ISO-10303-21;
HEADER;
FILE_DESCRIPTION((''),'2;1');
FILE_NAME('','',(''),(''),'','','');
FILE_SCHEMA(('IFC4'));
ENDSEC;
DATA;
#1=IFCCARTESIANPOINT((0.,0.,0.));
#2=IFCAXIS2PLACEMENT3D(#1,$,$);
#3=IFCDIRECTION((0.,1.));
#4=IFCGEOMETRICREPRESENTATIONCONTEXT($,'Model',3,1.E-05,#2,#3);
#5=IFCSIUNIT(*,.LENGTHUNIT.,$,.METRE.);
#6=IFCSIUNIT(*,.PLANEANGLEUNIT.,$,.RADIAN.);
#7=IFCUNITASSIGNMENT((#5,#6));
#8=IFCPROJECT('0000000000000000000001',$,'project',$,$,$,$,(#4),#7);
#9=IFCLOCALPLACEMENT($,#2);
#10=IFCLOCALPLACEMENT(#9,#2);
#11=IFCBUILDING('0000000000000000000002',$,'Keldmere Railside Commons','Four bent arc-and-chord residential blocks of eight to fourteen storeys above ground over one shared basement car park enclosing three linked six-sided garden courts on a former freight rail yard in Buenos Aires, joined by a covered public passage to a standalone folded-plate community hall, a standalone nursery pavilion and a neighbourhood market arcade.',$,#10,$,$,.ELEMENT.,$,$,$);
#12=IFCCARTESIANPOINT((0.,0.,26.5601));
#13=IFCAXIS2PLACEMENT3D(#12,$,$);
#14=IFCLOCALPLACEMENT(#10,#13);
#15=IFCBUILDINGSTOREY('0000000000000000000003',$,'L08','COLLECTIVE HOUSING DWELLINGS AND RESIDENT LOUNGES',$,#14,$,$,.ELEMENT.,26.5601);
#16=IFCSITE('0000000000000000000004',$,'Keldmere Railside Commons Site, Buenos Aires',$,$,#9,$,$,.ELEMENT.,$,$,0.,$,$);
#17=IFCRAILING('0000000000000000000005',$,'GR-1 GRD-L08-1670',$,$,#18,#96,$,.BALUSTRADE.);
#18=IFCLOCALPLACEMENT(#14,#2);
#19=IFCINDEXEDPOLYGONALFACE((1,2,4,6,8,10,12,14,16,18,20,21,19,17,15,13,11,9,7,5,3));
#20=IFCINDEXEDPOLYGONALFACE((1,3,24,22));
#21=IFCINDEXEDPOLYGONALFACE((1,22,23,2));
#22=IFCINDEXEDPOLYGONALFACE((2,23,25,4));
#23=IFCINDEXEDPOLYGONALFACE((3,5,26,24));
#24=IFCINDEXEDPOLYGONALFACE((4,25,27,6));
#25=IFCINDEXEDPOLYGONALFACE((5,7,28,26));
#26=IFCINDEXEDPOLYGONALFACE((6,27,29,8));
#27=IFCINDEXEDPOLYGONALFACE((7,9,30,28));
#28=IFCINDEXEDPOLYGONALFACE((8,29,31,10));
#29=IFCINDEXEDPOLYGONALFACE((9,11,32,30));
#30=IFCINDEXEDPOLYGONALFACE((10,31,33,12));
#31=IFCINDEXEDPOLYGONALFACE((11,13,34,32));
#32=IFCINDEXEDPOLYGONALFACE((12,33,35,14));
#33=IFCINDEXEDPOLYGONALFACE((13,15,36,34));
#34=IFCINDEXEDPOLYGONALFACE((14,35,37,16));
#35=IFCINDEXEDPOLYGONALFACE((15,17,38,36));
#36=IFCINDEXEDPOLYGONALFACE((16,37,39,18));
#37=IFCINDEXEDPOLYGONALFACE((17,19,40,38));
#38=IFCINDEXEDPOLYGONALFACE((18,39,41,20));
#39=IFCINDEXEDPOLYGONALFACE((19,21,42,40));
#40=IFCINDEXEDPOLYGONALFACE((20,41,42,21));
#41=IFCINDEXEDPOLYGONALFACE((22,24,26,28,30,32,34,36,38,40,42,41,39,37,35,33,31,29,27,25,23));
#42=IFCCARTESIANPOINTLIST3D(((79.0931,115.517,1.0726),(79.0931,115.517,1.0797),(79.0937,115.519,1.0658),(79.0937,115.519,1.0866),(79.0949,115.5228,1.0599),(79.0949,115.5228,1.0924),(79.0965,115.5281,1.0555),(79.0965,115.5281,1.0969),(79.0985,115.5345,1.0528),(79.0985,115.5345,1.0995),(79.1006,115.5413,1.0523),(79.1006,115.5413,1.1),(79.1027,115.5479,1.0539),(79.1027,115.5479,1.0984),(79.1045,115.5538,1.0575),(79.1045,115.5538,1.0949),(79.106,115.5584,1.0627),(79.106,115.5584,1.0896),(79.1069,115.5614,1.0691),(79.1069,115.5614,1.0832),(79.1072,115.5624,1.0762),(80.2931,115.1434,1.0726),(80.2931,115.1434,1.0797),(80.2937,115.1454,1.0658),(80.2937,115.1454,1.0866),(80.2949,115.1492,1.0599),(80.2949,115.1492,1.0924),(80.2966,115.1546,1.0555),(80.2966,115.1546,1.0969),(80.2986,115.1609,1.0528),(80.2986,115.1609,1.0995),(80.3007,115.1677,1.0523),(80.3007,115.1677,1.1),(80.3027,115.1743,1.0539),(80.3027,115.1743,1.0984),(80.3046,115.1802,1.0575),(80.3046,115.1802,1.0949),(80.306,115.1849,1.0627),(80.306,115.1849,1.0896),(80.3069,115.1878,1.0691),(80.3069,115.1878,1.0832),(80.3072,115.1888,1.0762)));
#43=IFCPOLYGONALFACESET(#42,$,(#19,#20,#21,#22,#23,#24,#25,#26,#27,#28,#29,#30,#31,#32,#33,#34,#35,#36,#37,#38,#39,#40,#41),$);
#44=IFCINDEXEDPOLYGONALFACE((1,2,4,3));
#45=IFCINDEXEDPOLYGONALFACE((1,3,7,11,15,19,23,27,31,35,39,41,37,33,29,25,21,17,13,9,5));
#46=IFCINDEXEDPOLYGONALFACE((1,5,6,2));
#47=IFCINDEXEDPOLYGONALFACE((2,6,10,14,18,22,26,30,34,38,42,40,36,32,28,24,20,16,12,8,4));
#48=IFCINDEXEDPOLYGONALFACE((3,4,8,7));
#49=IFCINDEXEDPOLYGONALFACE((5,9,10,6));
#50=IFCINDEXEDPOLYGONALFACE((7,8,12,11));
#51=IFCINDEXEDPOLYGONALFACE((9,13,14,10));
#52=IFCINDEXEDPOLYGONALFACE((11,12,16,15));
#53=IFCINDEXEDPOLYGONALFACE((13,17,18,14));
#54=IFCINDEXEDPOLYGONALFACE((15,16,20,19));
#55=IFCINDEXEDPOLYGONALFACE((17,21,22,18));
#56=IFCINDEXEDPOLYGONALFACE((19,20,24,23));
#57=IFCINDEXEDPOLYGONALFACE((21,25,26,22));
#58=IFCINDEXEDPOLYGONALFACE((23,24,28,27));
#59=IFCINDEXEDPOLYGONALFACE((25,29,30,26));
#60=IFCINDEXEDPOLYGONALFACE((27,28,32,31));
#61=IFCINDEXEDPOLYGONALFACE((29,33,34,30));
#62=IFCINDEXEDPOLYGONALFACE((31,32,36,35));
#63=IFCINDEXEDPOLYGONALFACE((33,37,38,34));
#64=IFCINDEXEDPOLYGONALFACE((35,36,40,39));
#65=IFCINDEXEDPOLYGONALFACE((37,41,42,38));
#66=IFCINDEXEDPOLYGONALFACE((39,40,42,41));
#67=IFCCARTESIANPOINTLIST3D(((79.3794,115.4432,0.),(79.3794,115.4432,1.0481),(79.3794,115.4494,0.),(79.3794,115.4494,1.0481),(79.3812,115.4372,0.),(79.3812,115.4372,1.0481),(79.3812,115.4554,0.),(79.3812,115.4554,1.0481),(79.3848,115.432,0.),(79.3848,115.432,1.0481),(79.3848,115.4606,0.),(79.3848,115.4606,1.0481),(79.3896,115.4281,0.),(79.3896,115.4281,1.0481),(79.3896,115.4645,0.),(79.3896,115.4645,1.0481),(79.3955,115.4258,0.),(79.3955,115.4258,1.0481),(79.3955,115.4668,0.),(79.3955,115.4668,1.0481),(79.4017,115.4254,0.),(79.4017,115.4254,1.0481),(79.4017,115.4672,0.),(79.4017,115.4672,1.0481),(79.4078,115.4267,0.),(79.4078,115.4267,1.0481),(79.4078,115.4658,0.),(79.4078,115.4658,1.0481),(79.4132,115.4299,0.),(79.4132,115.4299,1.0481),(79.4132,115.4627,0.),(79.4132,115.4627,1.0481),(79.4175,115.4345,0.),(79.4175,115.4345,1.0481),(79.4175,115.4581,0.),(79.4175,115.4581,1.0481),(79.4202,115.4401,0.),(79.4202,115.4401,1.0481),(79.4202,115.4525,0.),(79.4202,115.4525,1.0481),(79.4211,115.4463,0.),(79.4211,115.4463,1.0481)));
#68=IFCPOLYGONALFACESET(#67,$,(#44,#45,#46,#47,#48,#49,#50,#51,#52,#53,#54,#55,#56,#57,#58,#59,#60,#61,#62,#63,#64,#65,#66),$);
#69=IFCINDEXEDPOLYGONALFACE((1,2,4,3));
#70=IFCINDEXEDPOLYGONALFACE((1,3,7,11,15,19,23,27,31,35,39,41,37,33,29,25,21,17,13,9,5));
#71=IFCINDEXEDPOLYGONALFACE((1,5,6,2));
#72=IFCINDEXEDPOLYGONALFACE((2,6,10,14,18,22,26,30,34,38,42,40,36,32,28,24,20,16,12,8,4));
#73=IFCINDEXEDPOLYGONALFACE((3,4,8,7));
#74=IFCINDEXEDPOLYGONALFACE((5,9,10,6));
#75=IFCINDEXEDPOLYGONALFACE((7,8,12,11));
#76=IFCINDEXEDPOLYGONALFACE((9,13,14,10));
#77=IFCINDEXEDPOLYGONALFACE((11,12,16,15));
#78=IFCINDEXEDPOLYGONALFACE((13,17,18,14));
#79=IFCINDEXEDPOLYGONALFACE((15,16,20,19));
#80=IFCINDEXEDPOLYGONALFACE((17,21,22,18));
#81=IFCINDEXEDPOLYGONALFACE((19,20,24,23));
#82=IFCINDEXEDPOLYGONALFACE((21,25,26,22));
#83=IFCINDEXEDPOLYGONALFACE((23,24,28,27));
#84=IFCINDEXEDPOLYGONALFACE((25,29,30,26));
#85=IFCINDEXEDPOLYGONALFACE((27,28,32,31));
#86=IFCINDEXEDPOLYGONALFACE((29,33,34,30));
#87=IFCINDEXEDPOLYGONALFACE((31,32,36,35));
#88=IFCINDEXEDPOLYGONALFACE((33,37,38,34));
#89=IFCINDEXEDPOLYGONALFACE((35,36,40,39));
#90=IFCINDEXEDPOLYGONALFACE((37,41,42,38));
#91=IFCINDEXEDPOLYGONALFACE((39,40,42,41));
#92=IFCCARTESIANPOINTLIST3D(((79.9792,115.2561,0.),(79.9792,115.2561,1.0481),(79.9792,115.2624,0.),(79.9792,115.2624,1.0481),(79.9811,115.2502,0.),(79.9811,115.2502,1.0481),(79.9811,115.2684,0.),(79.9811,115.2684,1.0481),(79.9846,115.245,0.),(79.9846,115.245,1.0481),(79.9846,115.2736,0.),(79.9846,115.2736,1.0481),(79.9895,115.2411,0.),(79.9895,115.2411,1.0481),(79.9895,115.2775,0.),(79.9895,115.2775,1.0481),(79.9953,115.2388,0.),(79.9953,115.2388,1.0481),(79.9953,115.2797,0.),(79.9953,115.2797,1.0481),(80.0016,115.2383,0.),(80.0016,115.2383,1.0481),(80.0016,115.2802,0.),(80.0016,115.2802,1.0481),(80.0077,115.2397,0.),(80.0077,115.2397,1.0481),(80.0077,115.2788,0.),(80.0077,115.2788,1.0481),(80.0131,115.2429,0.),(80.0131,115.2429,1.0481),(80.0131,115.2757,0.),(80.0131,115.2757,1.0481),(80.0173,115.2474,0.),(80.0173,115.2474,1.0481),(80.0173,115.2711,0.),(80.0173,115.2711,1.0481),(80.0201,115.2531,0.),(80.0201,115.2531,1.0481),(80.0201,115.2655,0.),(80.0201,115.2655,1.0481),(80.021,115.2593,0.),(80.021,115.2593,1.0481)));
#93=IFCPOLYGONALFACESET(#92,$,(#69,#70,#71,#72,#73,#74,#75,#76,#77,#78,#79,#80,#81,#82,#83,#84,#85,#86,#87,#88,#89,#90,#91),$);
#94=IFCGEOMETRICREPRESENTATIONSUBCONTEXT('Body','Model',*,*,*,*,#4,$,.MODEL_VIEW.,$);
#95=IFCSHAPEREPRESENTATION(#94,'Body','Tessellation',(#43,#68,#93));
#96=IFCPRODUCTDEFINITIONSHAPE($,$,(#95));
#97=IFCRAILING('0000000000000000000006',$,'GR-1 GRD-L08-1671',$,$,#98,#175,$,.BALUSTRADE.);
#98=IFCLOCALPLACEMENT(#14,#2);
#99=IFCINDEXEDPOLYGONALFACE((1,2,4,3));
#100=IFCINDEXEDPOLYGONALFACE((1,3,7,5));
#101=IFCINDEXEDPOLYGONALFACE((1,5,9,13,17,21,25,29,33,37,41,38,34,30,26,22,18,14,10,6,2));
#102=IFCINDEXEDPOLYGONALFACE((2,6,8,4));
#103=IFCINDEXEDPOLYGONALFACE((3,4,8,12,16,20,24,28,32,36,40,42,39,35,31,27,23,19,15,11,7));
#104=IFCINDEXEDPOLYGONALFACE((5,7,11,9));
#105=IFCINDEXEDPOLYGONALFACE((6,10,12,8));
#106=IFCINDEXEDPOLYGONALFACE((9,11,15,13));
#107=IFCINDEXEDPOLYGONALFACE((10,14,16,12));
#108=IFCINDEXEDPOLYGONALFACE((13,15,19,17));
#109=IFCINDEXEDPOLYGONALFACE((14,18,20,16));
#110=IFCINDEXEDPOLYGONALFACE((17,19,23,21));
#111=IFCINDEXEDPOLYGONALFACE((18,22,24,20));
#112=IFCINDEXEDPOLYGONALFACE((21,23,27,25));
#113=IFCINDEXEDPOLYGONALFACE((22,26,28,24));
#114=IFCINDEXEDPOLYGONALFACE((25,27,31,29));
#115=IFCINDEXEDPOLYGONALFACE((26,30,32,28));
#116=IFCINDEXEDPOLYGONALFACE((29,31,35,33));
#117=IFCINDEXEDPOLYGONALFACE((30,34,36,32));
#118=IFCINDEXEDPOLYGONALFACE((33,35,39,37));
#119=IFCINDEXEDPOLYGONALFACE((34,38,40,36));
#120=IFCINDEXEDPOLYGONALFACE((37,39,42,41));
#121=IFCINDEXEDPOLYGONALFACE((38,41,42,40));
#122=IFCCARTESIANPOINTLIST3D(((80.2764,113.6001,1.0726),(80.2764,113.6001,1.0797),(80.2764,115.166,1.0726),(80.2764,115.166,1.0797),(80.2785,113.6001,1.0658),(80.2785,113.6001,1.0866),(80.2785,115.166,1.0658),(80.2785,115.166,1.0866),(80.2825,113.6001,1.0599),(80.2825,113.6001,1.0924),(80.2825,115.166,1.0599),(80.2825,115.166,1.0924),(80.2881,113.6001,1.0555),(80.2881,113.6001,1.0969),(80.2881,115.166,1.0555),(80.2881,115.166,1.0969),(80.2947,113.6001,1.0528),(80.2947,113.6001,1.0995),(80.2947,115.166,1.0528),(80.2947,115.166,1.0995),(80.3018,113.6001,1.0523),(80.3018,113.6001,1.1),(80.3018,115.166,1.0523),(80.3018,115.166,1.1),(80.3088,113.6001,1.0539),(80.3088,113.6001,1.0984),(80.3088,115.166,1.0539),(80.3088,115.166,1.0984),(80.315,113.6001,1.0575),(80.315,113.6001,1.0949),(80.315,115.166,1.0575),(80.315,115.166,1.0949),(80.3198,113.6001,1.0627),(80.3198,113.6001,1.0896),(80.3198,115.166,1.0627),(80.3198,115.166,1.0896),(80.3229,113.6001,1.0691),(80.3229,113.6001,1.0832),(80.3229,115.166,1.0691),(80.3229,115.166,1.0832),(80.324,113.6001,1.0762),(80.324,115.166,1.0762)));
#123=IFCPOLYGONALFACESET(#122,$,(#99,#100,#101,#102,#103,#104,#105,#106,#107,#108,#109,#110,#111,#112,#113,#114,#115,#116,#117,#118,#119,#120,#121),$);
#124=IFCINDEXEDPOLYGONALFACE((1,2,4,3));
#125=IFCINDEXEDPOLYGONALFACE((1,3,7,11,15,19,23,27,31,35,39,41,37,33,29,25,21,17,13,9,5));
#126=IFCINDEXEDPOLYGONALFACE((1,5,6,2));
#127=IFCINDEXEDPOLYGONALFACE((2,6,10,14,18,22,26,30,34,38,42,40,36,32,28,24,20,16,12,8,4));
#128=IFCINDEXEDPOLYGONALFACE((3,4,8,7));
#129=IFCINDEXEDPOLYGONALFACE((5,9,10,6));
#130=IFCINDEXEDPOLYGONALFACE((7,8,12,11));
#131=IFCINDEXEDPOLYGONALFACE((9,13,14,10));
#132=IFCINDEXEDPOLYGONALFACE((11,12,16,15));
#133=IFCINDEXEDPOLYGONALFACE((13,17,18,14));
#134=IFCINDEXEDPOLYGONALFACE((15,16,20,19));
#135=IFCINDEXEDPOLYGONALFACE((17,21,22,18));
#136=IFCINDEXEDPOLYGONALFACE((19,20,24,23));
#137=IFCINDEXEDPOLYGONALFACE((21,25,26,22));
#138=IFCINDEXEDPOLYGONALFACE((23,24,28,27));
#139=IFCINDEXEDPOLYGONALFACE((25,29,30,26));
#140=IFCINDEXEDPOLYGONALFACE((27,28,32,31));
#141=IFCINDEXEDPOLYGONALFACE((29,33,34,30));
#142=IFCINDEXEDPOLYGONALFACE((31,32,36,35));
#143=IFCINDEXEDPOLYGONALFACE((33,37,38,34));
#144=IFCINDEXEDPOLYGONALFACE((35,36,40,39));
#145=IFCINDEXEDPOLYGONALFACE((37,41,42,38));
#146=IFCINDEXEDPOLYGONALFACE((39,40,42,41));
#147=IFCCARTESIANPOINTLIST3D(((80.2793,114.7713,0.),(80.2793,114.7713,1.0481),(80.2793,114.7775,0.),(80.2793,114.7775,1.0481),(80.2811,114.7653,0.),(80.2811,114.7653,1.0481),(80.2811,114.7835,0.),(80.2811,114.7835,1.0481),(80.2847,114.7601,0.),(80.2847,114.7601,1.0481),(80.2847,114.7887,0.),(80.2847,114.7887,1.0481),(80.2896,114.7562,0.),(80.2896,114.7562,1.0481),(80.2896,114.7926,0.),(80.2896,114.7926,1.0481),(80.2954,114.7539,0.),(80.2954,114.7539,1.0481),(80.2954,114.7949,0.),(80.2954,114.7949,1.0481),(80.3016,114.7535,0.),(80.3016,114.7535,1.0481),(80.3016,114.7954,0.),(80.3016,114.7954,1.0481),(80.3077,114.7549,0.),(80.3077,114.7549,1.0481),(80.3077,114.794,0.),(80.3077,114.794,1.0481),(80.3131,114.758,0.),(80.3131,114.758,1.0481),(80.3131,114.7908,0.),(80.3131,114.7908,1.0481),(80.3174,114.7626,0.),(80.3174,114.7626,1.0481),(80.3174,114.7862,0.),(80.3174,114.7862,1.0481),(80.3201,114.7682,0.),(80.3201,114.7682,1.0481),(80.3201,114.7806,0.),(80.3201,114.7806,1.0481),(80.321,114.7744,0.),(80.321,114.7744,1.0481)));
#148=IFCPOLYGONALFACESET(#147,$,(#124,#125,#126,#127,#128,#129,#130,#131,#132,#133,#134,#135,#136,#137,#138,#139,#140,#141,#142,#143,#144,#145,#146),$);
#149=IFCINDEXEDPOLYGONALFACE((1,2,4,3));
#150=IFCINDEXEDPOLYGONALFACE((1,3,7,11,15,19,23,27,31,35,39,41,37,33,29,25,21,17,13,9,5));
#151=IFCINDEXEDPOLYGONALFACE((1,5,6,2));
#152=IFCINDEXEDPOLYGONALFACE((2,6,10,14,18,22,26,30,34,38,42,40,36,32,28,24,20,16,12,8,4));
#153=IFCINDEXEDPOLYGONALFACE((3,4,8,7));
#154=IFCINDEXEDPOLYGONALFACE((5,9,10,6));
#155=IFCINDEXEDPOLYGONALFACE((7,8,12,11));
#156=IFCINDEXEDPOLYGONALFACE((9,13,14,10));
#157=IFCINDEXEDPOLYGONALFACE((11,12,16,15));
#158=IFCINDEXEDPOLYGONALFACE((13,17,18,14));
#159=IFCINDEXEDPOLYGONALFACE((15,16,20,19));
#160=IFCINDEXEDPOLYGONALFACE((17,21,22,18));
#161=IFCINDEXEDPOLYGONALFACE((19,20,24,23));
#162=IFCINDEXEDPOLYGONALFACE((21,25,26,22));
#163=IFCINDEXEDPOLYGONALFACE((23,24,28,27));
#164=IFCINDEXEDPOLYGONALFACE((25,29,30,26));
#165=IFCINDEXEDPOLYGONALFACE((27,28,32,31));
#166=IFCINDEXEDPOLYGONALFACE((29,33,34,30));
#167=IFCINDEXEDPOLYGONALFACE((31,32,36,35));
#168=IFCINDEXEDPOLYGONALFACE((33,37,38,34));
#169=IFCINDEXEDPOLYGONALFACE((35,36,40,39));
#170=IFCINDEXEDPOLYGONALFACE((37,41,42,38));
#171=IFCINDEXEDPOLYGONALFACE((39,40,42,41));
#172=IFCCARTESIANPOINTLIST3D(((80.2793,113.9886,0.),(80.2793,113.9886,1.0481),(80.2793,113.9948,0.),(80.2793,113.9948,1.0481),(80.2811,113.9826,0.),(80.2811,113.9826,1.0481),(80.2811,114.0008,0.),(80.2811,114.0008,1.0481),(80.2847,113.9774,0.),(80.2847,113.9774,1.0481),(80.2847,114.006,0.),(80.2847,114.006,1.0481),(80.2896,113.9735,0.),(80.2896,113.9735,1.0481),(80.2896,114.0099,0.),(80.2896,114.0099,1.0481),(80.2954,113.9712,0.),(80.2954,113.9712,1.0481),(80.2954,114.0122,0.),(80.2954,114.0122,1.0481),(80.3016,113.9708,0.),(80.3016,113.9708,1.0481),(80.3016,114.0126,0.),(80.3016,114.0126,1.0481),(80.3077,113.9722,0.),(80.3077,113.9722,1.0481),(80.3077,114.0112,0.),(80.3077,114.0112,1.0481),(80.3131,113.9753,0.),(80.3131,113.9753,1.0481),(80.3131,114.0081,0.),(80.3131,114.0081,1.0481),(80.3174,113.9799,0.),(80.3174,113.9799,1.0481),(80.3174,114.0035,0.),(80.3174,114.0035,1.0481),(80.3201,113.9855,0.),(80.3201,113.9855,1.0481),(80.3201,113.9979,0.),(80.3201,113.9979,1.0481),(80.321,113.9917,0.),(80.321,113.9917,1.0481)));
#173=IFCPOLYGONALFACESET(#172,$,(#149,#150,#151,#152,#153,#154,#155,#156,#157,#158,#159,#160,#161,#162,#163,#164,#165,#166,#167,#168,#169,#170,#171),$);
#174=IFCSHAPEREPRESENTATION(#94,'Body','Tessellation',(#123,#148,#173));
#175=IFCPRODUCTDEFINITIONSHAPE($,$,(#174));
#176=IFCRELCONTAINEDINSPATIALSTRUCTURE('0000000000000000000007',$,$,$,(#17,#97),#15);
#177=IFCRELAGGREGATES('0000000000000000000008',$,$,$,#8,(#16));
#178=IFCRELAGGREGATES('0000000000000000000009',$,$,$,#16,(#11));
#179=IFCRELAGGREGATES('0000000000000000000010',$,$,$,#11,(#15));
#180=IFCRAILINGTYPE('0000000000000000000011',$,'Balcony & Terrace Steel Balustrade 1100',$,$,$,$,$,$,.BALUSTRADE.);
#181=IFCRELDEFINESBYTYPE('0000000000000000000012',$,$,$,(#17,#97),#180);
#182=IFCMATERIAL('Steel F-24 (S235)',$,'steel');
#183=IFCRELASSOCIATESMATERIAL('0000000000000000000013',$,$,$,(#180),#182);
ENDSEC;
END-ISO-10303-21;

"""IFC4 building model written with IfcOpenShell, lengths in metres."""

from ifc_helpers import new_model, si_unit, direction, frame, origin, origin_2d, place, context, subcontext, project, spatial, circle, extrude, material, type_object, element, save


model = new_model("IFC4")

# Units and contexts
model_context = context("Model", 3, precision=1e-05, world=origin(), true_north=direction((0.0, 1.0)))
body_context = subcontext(model_context, "Body", "Model", "MODEL_VIEW")
ifc_project = project(units=[si_unit("LENGTHUNIT", "METRE"), si_unit("PLANEANGLEUNIT", "RADIAN")], contexts=[model_context])

# Site, building, storey
site_placement = place(None, origin())
site = spatial("IfcSite", under=ifc_project, at=site_placement, Name="Keldmere Railside Commons Site, Buenos Aires", CompositionType="ELEMENT", RefElevation=0.0)
building_placement = place(site_placement, origin())
building = spatial("IfcBuilding", under=site, at=building_placement, Name="Keldmere Railside Commons", Description="Four bent arc-and-chord residential blocks of eight to fourteen storeys above ground over one shared basement car park enclosing three linked six-sided garden courts on a former freight rail yard in Buenos Aires, joined by a covered public passage to a standalone folded-plate community hall, a standalone nursery pavilion and a neighbourhood market arcade.", CompositionType="ELEMENT")
storey_placement = place(building_placement, frame((0.0, 0.0, 26.5601)))
storey = spatial("IfcBuildingStorey", under=building, at=storey_placement, Name="L08", Description="COLLECTIVE HOUSING DWELLINGS AND RESIDENT LOUNGES", CompositionType="ELEMENT", Elevation=26.5601)

# Railings
ifc_material_1 = material(Name="Steel F-24 (S235)", Category="steel")
railing_type = type_object("IfcRailingType", Name="Balcony & Terrace Steel Balustrade 1100", PredefinedType="BALUSTRADE", material=ifc_material_1)
railing_1_placement = place(storey_placement, frame((79.1001, 115.5396, 0.0)))
element("IfcRailing", 1, at=railing_1_placement, inside=storey, type_object=railing_type, Name="GR-1 GRD-L08-1670", PredefinedType="BALUSTRADE", context=body_context, shape_type="SweptSolid", body=[
    extrude(circle(Radius=0.0239, at=origin_2d()), frame((0.0, 0.0, 1.0762), z_axis=(0.954808, -0.297224, 0.0), x_axis=(0.297224, 0.954808, 0.0)), (0.0, 0.0, 1.0), 1.2568),
    extrude(circle(Radius=0.021, at=origin_2d()), frame((0.3, -0.0933, 0.0)), (0.0, 0.0, 1.0), 1.0481),
    extrude(circle(Radius=0.021, at=origin_2d()), frame((0.8999, -0.2803, 0.0)), (0.0, 0.0, 1.0), 1.0481),
])
railing_2_placement = place(storey_placement, frame((80.3, 115.166, 0.0)))
element("IfcRailing", 2, at=railing_2_placement, inside=storey, type_object=railing_type, Name="GR-1 GRD-L08-1671", PredefinedType="BALUSTRADE", context=body_context, shape_type="SweptSolid", body=[
    extrude(circle(Radius=0.0239, at=origin_2d()), frame((0.0, 0.0, 1.0762), z_axis=(0.0, -1.0, 0.0), x_axis=(1.0, 0.0, 0.0)), (0.0, 0.0, 1.0), 1.5659),
    extrude(circle(Radius=0.021, at=origin_2d()), frame((0.0, -0.3916, 0.0)), (0.0, 0.0, 1.0), 1.0481),
    extrude(circle(Radius=0.021, at=origin_2d()), frame((0.0, -1.1743, 0.0)), (0.0, 0.0, 1.0), 1.0481),
])

save(model, "model.ifc")
